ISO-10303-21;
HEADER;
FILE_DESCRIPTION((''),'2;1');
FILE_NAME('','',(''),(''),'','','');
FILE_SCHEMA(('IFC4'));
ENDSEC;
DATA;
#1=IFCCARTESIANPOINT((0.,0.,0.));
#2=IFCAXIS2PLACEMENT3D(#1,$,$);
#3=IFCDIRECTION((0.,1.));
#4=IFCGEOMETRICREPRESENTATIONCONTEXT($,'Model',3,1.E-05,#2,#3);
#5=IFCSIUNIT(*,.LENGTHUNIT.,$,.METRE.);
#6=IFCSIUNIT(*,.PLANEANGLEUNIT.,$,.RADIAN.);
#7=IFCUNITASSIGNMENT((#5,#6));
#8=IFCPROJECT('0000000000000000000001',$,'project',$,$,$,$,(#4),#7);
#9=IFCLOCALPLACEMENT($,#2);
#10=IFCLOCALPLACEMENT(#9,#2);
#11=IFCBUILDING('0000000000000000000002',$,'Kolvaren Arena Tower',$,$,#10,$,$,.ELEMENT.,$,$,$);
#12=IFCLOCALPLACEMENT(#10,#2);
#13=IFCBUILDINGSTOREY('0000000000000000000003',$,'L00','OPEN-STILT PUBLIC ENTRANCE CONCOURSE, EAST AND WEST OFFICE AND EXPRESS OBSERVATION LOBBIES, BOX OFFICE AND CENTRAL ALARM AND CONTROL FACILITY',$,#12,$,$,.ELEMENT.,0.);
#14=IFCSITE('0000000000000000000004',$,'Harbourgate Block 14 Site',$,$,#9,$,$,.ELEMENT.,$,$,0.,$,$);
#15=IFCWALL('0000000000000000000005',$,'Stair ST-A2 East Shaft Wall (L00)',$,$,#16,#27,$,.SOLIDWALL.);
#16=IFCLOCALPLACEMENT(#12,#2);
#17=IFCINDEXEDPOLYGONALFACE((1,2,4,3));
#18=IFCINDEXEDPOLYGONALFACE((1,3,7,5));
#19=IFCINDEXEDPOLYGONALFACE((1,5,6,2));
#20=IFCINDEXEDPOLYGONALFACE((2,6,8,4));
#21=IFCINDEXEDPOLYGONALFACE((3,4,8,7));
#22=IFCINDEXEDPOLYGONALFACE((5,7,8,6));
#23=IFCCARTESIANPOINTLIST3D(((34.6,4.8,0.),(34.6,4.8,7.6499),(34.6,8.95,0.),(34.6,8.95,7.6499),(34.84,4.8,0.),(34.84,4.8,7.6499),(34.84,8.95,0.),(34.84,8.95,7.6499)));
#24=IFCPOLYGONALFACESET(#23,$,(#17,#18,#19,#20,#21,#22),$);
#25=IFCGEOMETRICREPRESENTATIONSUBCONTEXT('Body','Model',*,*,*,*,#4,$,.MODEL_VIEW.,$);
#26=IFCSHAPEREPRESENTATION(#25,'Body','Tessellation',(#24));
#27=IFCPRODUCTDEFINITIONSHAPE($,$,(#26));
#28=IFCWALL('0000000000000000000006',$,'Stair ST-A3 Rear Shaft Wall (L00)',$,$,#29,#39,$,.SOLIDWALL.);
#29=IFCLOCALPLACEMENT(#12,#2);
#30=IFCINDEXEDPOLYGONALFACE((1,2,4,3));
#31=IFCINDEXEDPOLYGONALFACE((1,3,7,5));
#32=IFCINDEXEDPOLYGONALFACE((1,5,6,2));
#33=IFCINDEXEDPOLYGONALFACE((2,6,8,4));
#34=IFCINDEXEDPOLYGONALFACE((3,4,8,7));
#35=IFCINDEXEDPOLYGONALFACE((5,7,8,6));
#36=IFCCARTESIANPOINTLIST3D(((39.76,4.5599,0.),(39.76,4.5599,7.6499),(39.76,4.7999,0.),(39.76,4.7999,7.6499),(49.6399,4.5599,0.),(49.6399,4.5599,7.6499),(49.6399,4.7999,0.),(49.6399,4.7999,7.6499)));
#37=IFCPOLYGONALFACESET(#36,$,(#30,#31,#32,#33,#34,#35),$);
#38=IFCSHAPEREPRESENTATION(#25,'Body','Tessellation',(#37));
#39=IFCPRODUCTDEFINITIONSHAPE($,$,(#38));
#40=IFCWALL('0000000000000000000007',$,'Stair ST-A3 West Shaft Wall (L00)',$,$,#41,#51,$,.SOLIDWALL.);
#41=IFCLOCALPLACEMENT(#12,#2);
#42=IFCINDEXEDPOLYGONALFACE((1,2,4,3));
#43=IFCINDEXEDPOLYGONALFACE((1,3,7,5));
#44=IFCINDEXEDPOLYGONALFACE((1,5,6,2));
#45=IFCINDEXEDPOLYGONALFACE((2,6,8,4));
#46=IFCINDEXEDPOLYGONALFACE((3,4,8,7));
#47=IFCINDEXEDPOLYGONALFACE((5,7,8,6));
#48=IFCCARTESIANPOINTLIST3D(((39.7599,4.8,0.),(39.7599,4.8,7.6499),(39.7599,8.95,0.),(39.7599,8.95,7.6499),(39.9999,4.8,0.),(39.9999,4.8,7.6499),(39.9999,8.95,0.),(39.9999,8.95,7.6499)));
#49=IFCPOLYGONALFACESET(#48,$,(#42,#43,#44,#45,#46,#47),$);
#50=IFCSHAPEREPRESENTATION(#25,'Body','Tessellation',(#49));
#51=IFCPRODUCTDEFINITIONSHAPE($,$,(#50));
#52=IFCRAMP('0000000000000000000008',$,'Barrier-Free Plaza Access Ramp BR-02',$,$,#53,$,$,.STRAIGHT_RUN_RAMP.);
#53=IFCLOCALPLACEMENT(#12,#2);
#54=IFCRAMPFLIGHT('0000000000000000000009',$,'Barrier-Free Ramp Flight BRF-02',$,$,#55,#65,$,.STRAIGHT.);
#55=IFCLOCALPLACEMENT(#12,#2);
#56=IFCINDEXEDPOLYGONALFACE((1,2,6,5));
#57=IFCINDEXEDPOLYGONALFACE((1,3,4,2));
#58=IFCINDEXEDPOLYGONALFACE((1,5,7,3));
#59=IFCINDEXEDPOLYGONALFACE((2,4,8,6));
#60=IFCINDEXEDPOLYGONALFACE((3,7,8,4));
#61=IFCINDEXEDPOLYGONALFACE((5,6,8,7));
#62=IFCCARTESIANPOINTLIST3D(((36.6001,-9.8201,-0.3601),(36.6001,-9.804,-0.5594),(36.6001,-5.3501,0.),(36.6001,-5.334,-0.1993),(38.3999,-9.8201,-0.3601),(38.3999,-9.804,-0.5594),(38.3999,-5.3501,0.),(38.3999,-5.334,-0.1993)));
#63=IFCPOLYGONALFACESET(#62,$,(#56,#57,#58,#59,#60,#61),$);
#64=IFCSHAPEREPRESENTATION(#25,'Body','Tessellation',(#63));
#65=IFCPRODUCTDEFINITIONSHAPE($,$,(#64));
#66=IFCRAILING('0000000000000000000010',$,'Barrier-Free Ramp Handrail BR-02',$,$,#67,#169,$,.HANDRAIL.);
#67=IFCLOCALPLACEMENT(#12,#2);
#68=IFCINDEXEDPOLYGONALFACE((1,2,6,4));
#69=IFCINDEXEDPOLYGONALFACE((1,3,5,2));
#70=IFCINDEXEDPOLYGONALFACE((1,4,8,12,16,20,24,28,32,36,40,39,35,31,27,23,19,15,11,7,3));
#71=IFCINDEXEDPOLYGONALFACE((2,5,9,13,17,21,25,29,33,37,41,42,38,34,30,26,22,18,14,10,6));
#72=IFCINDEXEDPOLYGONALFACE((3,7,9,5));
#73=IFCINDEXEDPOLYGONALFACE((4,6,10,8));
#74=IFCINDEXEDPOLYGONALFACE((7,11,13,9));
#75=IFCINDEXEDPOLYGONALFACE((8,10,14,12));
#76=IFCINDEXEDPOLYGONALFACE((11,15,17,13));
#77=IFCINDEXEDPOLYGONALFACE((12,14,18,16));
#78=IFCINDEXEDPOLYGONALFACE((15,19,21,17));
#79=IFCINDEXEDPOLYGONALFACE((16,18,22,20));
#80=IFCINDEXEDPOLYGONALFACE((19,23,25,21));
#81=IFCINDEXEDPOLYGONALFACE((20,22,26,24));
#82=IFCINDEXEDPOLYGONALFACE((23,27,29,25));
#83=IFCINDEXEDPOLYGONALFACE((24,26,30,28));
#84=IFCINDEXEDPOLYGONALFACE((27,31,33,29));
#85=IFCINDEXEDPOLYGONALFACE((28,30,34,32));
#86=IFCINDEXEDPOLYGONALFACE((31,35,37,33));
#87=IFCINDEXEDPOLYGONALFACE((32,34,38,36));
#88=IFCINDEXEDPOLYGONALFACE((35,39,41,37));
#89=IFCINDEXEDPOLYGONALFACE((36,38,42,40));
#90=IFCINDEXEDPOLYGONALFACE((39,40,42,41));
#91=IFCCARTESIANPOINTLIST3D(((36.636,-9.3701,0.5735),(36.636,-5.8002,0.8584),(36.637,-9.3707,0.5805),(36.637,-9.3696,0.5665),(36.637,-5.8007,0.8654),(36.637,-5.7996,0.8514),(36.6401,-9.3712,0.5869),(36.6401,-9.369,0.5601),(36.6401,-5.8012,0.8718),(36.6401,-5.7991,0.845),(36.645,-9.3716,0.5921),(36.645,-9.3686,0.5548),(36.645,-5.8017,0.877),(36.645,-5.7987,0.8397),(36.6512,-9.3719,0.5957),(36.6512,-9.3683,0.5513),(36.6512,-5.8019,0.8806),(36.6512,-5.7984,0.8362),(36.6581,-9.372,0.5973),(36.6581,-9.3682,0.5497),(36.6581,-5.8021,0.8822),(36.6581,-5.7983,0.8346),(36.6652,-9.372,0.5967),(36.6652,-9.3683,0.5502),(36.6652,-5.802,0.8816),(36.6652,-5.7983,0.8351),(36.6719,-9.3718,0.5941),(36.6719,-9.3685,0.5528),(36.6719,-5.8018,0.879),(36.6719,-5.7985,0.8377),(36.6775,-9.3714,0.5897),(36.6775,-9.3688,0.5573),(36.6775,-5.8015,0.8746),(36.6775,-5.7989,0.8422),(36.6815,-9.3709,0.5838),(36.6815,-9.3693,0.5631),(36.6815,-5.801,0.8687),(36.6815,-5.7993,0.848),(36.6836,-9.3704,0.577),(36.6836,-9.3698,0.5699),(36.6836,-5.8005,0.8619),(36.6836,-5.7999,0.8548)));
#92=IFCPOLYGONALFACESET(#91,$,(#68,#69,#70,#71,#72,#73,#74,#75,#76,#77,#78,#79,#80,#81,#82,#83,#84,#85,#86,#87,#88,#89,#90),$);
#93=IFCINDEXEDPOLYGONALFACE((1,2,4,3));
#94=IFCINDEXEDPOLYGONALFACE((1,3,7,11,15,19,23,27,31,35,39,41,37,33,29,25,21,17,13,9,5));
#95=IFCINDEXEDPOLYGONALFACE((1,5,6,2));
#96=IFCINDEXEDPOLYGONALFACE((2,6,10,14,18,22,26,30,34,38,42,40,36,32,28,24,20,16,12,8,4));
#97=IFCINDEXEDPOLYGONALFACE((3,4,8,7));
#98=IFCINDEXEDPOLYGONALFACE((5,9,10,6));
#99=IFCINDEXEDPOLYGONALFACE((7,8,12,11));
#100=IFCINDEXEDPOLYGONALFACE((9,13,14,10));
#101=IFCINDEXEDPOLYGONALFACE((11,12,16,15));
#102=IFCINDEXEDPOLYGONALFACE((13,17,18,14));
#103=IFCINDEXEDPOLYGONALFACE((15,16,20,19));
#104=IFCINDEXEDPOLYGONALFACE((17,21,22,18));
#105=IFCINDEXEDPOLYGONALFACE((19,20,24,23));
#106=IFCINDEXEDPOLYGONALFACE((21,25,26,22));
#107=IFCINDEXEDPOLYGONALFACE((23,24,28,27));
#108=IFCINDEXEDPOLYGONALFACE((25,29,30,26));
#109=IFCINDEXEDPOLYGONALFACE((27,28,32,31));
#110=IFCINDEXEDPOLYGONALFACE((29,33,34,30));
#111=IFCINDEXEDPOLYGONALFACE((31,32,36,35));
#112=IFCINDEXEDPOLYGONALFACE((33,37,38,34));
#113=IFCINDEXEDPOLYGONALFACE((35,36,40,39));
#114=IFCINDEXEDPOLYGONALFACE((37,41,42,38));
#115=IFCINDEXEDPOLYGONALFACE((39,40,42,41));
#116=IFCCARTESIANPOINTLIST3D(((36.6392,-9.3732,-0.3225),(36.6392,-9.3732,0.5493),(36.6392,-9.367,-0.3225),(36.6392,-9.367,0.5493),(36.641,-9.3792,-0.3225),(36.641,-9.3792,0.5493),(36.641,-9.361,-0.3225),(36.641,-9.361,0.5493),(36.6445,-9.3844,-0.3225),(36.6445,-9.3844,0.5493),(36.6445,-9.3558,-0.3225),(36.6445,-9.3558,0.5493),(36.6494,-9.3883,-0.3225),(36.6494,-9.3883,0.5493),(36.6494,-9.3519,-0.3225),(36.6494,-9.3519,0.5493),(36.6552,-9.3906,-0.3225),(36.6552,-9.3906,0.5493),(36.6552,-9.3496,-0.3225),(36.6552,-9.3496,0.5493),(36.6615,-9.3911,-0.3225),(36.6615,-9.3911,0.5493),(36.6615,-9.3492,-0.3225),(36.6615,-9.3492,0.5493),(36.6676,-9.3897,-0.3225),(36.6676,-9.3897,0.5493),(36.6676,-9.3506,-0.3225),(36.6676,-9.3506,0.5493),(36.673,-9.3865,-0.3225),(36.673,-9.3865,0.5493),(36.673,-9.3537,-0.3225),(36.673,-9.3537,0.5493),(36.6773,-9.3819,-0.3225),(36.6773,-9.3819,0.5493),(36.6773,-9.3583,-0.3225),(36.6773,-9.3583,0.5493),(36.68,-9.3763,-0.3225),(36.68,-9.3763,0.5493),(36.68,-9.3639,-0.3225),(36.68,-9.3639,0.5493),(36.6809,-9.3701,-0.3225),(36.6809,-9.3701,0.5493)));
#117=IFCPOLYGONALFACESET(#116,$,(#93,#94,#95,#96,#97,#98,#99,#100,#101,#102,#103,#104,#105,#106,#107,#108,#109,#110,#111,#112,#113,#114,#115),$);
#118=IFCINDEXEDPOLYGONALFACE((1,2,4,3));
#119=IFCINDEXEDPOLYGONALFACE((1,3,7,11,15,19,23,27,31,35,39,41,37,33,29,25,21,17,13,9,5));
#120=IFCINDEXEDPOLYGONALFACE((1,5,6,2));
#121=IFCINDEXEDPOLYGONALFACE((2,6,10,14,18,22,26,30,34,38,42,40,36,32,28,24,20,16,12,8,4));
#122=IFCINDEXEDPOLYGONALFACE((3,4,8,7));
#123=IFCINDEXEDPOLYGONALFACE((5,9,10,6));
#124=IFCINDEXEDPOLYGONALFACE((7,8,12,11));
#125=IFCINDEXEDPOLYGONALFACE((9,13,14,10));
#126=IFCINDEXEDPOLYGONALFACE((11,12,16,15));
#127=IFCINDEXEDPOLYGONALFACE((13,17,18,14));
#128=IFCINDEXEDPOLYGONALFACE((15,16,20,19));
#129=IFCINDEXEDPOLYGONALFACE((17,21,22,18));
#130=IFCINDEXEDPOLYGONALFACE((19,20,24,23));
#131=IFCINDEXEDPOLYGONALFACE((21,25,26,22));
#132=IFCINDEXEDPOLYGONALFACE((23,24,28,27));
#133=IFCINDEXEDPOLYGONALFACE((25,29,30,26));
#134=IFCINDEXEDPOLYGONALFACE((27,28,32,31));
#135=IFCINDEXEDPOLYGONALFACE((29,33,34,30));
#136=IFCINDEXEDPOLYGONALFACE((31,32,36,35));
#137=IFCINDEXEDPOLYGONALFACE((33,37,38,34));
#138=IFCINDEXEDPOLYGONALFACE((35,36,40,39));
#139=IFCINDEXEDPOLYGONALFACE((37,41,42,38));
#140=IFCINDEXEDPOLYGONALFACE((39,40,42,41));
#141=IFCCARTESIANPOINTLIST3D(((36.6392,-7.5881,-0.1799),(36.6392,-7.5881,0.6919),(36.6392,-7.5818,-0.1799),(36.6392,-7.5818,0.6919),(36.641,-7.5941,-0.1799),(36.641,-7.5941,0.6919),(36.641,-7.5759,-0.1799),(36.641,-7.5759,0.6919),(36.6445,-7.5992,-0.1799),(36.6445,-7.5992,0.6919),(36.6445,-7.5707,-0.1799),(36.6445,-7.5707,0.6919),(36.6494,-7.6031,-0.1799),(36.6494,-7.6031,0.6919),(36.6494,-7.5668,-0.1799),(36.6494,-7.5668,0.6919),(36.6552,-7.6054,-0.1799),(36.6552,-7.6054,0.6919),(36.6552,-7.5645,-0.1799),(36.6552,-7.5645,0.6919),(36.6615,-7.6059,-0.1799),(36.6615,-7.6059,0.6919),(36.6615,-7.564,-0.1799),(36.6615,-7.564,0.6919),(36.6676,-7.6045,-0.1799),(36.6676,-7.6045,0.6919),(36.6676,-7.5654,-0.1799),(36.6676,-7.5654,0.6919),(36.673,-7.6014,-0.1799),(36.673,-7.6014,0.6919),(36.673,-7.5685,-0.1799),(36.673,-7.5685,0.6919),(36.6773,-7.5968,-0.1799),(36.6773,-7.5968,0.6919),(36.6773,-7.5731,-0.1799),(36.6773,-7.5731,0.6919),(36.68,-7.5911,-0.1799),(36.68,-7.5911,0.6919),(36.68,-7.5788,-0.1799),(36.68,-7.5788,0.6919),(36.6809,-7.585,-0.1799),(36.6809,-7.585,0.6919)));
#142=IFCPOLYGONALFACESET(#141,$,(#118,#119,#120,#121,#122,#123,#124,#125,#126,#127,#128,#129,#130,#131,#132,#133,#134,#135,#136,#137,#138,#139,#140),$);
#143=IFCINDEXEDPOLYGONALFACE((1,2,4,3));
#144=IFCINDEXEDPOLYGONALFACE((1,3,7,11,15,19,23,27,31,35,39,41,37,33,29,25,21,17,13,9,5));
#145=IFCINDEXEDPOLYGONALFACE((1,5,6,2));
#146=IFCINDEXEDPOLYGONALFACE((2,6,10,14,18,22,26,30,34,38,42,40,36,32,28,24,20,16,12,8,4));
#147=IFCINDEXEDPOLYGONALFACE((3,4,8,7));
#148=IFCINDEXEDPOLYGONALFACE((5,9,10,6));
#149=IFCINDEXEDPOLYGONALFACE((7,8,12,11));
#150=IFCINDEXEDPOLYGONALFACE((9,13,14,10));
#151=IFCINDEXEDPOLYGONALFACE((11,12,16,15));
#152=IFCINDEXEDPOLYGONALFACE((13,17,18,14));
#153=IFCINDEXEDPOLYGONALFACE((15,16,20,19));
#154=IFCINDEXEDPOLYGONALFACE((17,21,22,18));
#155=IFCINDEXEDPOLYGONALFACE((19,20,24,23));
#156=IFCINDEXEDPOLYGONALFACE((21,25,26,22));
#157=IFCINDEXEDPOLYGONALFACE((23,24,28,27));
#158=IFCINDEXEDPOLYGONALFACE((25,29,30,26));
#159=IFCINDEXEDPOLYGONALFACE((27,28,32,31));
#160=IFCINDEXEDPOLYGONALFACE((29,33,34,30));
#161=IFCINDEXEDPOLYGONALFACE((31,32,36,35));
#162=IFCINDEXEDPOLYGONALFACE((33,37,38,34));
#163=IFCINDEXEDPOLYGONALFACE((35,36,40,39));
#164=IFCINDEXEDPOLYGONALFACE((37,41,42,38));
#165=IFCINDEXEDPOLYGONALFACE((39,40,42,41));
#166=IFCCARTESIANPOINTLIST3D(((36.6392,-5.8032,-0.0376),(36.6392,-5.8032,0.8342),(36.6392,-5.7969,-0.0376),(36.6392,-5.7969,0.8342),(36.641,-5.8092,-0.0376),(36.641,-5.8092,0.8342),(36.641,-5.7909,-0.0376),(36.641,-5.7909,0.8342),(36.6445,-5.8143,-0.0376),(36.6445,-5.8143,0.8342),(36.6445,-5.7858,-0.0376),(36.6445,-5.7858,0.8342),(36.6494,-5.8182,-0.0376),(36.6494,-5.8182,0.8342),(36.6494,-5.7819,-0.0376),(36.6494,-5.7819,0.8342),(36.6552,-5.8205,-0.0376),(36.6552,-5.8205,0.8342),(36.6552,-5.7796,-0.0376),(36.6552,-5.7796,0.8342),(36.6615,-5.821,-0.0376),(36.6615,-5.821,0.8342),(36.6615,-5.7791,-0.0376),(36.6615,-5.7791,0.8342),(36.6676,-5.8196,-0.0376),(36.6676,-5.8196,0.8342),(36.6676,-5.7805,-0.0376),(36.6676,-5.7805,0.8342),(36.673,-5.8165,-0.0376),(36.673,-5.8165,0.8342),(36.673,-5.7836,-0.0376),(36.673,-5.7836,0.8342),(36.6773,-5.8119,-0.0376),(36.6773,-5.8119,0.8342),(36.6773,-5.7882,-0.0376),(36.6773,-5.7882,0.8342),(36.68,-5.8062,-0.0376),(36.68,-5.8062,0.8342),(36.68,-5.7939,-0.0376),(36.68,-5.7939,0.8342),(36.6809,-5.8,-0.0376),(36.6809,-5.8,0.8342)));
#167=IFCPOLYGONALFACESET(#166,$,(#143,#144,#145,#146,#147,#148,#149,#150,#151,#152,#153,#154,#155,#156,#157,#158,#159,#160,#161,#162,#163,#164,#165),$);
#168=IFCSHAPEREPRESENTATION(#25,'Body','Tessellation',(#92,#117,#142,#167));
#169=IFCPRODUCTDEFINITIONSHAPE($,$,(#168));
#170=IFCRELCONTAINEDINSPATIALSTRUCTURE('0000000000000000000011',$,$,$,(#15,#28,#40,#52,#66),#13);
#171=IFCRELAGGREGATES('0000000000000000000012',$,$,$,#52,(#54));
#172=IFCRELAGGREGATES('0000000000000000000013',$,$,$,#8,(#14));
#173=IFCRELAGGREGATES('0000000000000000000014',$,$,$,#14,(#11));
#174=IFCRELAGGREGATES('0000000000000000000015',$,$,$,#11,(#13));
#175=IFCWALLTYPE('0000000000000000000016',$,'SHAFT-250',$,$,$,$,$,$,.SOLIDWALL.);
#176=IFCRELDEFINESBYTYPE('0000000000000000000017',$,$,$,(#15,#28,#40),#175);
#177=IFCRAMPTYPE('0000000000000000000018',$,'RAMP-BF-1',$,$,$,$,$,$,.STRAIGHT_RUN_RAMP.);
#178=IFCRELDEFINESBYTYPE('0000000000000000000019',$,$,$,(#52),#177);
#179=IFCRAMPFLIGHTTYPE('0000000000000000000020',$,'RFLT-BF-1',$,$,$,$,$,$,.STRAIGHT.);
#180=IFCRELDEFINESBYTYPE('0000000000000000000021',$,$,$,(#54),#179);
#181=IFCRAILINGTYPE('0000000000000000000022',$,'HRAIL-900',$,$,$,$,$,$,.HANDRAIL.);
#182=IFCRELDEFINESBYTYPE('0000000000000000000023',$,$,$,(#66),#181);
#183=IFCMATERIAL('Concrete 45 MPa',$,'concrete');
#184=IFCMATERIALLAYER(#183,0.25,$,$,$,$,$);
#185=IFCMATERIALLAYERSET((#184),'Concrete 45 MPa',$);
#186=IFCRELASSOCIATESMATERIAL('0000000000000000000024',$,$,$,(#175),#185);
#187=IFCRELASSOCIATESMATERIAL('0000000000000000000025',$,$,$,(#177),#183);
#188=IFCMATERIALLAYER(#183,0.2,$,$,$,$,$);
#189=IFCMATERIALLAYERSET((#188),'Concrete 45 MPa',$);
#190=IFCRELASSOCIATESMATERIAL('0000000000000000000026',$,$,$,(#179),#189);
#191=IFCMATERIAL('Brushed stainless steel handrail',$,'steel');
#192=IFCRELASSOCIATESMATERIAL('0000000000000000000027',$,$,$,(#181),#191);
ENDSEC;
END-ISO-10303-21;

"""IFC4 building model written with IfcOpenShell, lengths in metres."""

from ifc_helpers import new_model, si_unit, direction, frame, frame_2d, origin, origin_2d, place, context, subcontext, project, spatial, polyline, rectangle, circle, outline, extrude, material, layer, layer_set, type_object, element, aggregate, save


model = new_model("IFC4")

# Units and contexts
model_context = context("Model", 3, precision=1e-05, world=origin(), true_north=direction((0.0, 1.0)))
body_context = subcontext(model_context, "Body", "Model", "MODEL_VIEW")
ifc_project = project(units=[si_unit("LENGTHUNIT", "METRE"), si_unit("PLANEANGLEUNIT", "RADIAN")], contexts=[model_context])

# Site, building, storey
site_placement = place(None, origin())
site = spatial("IfcSite", under=ifc_project, at=site_placement, Name="Harbourgate Block 14 Site", CompositionType="ELEMENT", RefElevation=0.0)
building_placement = place(site_placement, origin())
building = spatial("IfcBuilding", under=site, at=building_placement, Name="Kolvaren Arena Tower", CompositionType="ELEMENT")
storey_placement = place(building_placement, origin())
storey = spatial("IfcBuildingStorey", under=building, at=storey_placement, Name="L00", Description="OPEN-STILT PUBLIC ENTRANCE CONCOURSE, EAST AND WEST OFFICE AND EXPRESS OBSERVATION LOBBIES, BOX OFFICE AND CENTRAL ALARM AND CONTROL FACILITY", CompositionType="ELEMENT", Elevation=0.0)

# Walls
ifc_material_1 = material(Name="Concrete 45 MPa", Category="concrete")
ifc_layer_1 = layer(ifc_material_1, 0.25)
ifc_layer_set_1 = layer_set([ifc_layer_1], Name="Concrete 45 MPa")
wall_type_1 = type_object("IfcWallType", Name="SHAFT-250", PredefinedType="SOLIDWALL", material=ifc_layer_set_1)
wall_1_placement = place(storey_placement, frame((34.72, 4.8, 0.0), z_axis=(0.0, 0.0, 1.0), x_axis=(0.0, 1.0, 0.0)))
element("IfcWall", 1, at=wall_1_placement, inside=storey, type_object=wall_type_1, Name="Stair ST-A2 East Shaft Wall (L00)", PredefinedType="SOLIDWALL", context=body_context, shape_type="SweptSolid", body=[
    extrude(rectangle(XDim=4.1499, YDim=0.24, at=frame_2d((2.075, 0.0))), origin(), (0.0, 0.0, 1.0), 7.6499),
])
wall_2_placement = place(storey_placement, frame((39.76, 4.6799, 0.0), z_axis=(0.0, 0.0, 1.0), x_axis=(1.0, 0.0, 0.0)))
element("IfcWall", 2, at=wall_2_placement, inside=storey, type_object=wall_type_1, Name="Stair ST-A3 Rear Shaft Wall (L00)", PredefinedType="SOLIDWALL", context=body_context, shape_type="SweptSolid", body=[
    extrude(rectangle(XDim=9.8799, YDim=0.24, at=frame_2d((4.9399, 0.0))), origin(), (0.0, 0.0, 1.0), 7.6499),
])
wall_3_placement = place(storey_placement, frame((39.8799, 4.8, 0.0), z_axis=(0.0, 0.0, 1.0), x_axis=(0.0, 1.0, 0.0)))
element("IfcWall", 3, at=wall_3_placement, inside=storey, type_object=wall_type_1, Name="Stair ST-A3 West Shaft Wall (L00)", PredefinedType="SOLIDWALL", context=body_context, shape_type="SweptSolid", body=[
    extrude(rectangle(XDim=4.1499, YDim=0.24, at=frame_2d((2.075, 0.0))), origin(), (0.0, 0.0, 1.0), 7.6499),
])

# Ramp, ramp flight
ramp_type = type_object("IfcRampType", Name="RAMP-BF-1", PredefinedType="STRAIGHT_RUN_RAMP", material=ifc_material_1)
ramp_placement = place(storey_placement, origin())
ramp = element("IfcRamp", 4, at=ramp_placement, inside=storey, type_object=ramp_type, Name="Barrier-Free Plaza Access Ramp BR-02", PredefinedType="STRAIGHT_RUN_RAMP")
ifc_layer_2 = layer(ifc_material_1, 0.2)
ifc_layer_set_2 = layer_set([ifc_layer_2], Name="Concrete 45 MPa")
ramp_flight_type = type_object("IfcRampFlightType", Name="RFLT-BF-1", PredefinedType="STRAIGHT", material=ifc_layer_set_2)
ramp_flight_placement = place(storey_placement, frame((36.6001, -9.8201, -0.3601), z_axis=(0.0, -0.080301, 0.996771), x_axis=(1.0, 0.0, 0.0)))
ramp_flight = element("IfcRampFlight", 5, at=ramp_flight_placement, type_object=ramp_flight_type, Name="Barrier-Free Ramp Flight BRF-02", PredefinedType="STRAIGHT", context=body_context, shape_type="SweptSolid", body=[
    extrude(outline(polyline([(0.0, 0.0), (1.7998, 0.0), (1.7998, 4.4845), (0.0, 4.4845), (0.0, 0.0)])), origin(), (0.0, 0.0, -1.0), 0.2),
])
aggregate(ramp, [ramp_flight])

# Railing
ifc_material_2 = material(Name="Brushed stainless steel handrail", Category="steel")
railing_type = type_object("IfcRailingType", Name="HRAIL-900", PredefinedType="HANDRAIL", material=ifc_material_2)
for number, where, name in (
    (6, (36.6599, -9.3701, -0.3225), "Barrier-Free Ramp Handrail BR-02"),
):
    element("IfcRailing", number, at=place(storey_placement, frame(where)), inside=storey, type_object=railing_type, Name=name, PredefinedType="HANDRAIL", context=body_context, shape_type="SweptSolid", body=[
        extrude(circle(Radius=0.0239, at=origin_2d()), frame((0.0, 0.0, 0.896), z_axis=(0.0, 0.996831, 0.079553), x_axis=(-1.0, 0.0, 0.0)), (0.0, 0.0, 1.0), 3.5813),
        extrude(circle(Radius=0.021, at=origin_2d()), origin(), (0.0, 0.0, 1.0), 0.8718),
        extrude(circle(Radius=0.021, at=origin_2d()), frame((0.0, 1.7852, 0.1426)), (0.0, 0.0, 1.0), 0.8718),
        extrude(circle(Radius=0.021, at=origin_2d()), frame((0.0, 3.5701, 0.2849)), (0.0, 0.0, 1.0), 0.8718),
    ])

save(model, "model.ifc")
